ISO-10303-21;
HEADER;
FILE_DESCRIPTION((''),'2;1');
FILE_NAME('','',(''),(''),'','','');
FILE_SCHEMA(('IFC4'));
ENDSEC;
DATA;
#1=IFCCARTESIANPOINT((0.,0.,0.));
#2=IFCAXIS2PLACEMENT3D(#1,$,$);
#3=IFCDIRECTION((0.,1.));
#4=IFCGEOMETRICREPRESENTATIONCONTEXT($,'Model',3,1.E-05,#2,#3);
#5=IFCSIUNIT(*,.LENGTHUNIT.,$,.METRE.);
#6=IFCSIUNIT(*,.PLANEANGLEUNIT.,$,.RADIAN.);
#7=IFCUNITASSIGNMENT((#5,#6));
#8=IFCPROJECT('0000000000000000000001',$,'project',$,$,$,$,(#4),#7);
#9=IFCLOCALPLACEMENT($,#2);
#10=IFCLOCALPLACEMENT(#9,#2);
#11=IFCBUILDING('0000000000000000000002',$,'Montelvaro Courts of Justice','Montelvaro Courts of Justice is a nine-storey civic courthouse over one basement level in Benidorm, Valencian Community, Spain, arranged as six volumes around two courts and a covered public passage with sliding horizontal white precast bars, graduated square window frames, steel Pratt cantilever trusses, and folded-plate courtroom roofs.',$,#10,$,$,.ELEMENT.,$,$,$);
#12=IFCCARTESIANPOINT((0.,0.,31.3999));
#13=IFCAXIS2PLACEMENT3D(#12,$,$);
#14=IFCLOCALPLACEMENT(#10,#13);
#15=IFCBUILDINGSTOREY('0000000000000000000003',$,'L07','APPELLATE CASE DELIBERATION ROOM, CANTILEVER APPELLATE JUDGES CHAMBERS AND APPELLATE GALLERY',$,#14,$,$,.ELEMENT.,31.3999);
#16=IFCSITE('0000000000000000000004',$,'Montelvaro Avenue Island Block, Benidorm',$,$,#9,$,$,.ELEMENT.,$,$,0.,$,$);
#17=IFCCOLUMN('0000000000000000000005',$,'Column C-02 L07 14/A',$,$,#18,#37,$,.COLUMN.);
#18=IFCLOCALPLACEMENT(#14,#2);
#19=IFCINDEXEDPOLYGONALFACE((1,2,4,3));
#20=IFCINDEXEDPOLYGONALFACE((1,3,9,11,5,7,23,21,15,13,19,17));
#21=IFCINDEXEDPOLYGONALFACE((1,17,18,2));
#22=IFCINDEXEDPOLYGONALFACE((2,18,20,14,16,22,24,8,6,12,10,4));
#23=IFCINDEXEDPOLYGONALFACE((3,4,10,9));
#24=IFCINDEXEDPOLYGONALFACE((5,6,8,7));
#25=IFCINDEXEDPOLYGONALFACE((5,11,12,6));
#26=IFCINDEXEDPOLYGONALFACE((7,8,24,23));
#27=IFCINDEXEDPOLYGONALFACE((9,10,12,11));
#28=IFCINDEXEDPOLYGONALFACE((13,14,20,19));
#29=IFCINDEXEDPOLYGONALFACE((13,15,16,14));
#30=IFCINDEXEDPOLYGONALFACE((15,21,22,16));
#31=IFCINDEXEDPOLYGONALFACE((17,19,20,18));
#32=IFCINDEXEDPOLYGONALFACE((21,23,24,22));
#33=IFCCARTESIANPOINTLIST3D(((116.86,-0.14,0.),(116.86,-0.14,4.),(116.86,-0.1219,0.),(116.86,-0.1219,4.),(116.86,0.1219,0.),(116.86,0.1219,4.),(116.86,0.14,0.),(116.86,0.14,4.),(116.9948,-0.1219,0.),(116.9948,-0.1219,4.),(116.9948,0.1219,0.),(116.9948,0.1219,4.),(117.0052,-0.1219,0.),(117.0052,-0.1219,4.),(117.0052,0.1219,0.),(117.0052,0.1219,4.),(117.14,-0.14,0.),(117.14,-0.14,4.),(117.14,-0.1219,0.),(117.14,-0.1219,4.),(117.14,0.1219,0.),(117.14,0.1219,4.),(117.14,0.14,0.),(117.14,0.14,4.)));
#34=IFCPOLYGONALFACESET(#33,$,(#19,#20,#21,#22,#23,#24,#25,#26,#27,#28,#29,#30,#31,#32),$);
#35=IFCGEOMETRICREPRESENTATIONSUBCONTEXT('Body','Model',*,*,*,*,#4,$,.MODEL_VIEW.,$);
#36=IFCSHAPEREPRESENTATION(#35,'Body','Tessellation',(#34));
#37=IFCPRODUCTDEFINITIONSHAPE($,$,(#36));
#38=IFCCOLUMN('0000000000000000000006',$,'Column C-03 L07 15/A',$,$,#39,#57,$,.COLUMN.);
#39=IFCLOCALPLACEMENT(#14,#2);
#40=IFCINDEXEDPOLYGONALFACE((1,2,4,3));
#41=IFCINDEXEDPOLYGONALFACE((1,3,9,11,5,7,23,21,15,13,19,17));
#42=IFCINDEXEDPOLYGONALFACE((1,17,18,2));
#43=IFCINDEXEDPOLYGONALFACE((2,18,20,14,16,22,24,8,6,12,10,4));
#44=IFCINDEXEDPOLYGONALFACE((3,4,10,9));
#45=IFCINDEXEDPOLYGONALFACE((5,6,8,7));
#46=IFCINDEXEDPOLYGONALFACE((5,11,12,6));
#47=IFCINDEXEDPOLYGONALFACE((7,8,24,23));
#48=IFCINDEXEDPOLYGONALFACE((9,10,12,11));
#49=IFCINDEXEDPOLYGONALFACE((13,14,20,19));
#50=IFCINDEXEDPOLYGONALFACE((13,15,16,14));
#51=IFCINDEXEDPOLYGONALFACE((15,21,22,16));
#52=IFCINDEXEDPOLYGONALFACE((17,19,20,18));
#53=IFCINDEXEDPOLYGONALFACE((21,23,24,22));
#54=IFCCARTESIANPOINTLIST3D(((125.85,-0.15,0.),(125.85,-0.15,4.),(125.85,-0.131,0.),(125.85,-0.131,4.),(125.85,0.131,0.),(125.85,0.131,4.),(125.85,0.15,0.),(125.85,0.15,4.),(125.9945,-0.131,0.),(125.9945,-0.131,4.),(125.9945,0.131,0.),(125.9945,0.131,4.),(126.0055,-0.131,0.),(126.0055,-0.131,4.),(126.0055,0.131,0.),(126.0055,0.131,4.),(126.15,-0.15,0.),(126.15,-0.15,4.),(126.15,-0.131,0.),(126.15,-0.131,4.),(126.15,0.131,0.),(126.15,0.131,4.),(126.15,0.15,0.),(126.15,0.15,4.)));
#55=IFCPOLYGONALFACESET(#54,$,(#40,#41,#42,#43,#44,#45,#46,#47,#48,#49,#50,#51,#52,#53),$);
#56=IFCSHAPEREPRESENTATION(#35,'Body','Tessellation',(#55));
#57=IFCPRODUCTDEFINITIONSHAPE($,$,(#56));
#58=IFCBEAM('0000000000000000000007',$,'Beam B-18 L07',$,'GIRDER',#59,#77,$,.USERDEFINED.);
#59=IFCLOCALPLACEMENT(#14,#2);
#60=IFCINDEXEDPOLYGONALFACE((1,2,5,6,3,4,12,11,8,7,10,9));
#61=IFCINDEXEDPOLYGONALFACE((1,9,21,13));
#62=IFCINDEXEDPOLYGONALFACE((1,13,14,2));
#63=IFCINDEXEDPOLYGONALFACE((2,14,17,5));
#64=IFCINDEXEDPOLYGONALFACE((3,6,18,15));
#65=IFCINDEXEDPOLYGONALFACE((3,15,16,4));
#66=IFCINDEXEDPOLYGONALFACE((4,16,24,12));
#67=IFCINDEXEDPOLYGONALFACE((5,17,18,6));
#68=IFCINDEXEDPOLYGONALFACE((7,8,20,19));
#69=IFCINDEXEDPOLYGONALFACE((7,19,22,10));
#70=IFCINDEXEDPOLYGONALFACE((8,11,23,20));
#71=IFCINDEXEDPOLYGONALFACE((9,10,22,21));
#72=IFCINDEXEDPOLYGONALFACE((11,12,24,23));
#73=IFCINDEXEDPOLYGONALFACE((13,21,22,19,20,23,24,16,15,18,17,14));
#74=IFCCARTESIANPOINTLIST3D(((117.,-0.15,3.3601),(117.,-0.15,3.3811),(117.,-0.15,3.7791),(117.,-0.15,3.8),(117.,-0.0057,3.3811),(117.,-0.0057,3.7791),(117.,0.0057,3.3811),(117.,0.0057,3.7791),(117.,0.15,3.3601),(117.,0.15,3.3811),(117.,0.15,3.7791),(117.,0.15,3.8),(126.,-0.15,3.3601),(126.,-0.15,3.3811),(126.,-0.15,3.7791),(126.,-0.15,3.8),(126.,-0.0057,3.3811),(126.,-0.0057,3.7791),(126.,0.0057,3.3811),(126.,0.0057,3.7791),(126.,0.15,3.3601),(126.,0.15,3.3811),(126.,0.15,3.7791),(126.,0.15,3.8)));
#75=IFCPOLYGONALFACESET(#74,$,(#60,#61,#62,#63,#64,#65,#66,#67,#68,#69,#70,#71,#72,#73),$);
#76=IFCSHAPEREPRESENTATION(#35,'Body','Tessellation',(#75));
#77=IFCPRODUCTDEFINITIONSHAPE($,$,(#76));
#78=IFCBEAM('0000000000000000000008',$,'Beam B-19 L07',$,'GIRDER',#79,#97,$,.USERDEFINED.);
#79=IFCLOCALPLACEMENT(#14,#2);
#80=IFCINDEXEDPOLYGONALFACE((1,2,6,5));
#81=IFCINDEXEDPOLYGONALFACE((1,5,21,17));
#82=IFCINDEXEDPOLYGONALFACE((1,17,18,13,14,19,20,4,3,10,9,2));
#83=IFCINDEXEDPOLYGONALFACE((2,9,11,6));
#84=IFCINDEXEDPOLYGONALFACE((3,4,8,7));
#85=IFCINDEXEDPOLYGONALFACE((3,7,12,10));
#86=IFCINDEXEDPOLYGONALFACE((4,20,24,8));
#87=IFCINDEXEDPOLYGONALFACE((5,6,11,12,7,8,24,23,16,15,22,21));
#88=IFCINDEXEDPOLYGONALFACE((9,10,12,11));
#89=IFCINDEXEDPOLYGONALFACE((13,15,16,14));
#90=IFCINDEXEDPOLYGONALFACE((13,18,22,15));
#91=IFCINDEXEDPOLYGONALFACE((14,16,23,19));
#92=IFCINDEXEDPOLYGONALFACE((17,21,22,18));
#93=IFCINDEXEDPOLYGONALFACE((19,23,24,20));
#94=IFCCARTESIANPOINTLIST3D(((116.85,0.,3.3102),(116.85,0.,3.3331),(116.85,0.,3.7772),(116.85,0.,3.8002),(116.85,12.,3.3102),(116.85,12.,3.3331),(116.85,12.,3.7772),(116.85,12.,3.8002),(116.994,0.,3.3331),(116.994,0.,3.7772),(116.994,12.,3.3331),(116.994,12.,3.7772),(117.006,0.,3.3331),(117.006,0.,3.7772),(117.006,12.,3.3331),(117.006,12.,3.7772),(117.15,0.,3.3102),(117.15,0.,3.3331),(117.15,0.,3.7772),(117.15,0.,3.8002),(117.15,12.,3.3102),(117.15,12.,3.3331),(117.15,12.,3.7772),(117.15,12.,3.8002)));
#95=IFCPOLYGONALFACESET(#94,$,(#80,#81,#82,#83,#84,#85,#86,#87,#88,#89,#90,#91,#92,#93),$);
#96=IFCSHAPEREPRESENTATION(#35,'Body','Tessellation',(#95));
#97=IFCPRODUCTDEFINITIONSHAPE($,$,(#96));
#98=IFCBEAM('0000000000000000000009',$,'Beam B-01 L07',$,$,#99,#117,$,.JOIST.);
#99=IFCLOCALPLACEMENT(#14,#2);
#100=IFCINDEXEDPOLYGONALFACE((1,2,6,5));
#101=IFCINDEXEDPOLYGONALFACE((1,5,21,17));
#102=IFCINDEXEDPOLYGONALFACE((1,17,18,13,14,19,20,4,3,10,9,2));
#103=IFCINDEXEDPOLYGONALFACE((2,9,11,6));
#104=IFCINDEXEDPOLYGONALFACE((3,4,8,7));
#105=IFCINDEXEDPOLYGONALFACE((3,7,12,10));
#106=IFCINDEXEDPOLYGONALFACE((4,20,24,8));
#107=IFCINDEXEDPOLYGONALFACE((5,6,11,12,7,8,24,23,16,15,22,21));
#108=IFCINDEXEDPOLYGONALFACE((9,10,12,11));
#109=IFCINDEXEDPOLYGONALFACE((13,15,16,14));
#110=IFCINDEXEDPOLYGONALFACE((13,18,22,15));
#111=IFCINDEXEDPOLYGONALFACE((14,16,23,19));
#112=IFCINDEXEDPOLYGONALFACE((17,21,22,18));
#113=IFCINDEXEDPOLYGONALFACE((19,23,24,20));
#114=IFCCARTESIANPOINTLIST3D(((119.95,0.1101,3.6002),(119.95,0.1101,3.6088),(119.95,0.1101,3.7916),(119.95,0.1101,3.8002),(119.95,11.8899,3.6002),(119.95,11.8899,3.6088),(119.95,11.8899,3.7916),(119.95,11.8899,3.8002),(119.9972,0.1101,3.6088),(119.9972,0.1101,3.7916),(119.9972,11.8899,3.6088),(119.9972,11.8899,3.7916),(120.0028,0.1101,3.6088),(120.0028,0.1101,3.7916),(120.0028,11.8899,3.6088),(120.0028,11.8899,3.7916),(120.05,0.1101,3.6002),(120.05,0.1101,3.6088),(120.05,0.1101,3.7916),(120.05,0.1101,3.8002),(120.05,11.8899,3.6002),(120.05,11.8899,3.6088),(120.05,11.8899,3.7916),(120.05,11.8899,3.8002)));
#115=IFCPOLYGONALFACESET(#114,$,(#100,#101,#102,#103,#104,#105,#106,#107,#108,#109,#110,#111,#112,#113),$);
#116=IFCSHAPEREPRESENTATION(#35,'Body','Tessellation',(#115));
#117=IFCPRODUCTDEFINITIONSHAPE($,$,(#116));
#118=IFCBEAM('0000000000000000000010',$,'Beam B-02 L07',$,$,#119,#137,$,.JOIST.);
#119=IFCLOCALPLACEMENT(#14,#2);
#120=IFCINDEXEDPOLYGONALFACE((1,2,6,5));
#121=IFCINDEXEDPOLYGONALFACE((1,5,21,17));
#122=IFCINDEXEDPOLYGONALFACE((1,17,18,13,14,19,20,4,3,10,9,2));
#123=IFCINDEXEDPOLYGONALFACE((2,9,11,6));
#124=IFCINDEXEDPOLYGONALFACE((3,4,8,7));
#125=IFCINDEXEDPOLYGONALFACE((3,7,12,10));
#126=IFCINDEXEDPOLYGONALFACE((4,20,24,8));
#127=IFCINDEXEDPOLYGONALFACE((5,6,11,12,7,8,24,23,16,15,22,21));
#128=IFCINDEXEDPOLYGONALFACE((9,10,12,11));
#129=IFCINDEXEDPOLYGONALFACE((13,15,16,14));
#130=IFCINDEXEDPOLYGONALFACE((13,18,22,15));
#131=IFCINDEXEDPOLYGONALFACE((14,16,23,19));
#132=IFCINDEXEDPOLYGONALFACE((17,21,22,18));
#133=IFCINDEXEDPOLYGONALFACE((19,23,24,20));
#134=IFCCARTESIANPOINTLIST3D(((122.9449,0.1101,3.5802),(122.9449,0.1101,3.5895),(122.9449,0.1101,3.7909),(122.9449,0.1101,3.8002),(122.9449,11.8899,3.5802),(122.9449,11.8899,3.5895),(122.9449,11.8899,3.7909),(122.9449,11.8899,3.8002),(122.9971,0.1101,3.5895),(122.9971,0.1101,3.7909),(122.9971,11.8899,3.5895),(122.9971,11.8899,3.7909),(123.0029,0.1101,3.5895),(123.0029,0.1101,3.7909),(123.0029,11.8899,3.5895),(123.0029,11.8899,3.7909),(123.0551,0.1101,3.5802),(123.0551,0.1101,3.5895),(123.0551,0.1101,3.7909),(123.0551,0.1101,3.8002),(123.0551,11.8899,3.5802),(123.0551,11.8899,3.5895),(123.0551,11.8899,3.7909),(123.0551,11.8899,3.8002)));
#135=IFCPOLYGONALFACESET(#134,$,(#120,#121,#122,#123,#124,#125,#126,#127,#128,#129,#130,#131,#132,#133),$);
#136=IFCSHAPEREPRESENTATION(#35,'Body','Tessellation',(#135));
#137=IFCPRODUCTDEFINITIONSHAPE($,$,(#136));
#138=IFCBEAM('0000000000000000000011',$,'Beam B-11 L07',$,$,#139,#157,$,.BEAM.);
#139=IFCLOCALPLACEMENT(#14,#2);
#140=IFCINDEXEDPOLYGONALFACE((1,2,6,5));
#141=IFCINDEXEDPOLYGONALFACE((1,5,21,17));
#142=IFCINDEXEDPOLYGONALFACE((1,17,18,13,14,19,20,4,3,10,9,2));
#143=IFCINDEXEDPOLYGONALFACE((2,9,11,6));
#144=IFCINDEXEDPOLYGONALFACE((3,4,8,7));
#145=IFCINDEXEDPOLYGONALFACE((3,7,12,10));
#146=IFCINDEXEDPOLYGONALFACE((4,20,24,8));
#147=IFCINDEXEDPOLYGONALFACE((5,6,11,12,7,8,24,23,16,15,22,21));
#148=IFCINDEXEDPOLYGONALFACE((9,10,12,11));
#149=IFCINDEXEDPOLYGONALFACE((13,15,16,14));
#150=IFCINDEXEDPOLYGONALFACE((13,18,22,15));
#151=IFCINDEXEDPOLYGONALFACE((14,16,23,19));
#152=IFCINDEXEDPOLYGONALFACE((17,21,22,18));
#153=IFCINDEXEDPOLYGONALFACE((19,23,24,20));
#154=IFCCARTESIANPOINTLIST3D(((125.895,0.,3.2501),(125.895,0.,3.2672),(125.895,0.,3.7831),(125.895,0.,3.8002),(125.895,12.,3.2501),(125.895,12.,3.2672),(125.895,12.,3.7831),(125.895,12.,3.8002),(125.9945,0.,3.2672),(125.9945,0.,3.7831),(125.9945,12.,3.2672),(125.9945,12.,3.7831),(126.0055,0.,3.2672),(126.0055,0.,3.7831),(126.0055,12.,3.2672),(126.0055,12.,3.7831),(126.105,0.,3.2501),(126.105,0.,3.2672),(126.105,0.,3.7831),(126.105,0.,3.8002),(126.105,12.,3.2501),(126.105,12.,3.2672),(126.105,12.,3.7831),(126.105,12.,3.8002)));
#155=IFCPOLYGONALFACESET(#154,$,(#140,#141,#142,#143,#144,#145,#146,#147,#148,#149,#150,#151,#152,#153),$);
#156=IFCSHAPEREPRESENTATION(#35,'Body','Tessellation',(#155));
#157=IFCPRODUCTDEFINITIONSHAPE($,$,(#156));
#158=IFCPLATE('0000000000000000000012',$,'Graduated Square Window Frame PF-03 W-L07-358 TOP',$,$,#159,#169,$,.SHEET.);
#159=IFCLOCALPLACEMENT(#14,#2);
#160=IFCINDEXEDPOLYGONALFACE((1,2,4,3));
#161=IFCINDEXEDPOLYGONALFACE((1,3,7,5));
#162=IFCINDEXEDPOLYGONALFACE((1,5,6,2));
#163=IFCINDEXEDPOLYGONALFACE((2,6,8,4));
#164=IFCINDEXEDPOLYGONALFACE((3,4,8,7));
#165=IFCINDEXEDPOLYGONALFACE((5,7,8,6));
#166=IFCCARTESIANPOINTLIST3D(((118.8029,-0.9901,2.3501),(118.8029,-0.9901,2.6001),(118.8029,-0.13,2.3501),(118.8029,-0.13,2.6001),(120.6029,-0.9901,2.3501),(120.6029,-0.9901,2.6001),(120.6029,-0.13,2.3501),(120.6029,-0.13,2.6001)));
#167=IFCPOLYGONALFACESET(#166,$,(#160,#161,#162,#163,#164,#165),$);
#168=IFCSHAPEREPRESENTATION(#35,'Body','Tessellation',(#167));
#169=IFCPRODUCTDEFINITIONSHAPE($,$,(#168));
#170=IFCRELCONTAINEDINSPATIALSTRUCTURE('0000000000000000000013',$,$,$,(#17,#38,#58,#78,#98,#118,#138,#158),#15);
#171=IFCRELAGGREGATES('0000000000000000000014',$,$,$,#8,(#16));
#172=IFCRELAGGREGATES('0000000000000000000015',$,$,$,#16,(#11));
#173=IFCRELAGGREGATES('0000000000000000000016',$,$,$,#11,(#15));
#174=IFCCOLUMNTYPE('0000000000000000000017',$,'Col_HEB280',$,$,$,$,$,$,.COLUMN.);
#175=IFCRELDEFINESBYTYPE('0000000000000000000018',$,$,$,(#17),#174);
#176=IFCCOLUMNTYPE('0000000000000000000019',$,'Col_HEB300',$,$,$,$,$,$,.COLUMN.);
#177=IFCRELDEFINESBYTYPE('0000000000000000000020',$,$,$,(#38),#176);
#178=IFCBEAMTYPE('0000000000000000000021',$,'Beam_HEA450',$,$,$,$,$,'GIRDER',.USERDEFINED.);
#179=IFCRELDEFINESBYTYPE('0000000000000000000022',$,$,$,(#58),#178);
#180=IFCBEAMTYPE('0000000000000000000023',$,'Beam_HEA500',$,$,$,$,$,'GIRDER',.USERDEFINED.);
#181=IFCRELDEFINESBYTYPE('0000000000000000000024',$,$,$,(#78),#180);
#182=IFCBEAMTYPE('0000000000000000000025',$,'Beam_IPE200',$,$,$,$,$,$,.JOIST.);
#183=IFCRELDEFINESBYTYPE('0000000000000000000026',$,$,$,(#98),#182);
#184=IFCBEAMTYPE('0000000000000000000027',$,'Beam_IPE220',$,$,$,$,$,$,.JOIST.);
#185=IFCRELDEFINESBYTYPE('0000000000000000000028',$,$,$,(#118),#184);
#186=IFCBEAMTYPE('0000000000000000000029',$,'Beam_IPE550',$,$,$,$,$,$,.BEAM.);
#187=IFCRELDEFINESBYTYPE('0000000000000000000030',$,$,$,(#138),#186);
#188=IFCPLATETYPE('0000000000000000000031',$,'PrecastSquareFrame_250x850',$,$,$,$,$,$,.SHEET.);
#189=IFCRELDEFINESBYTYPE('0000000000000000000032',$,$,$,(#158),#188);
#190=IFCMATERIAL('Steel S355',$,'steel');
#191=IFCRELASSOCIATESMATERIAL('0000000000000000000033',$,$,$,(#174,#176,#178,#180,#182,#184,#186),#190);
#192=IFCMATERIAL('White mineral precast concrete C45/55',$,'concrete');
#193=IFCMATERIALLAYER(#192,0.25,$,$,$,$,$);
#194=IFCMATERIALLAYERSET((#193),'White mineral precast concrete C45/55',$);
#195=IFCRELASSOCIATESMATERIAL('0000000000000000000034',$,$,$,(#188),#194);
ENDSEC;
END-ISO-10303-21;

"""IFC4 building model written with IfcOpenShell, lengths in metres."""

from ifc_helpers import new_model, si_unit, direction, frame, origin, origin_2d, place, context, subcontext, project, spatial, rectangle, i_section, extrude, material, layer, layer_set, material_profile, profile_set, type_object, element, save


model = new_model("IFC4")

# Units and contexts
model_context = context("Model", 3, precision=1e-05, world=origin(), true_north=direction((0.0, 1.0)))
body_context = subcontext(model_context, "Body", "Model", "MODEL_VIEW")
ifc_project = project(units=[si_unit("LENGTHUNIT", "METRE"), si_unit("PLANEANGLEUNIT", "RADIAN")], contexts=[model_context])

# Site, building, storey
site_placement = place(None, origin())
site = spatial("IfcSite", under=ifc_project, at=site_placement, Name="Montelvaro Avenue Island Block, Benidorm", CompositionType="ELEMENT", RefElevation=0.0)
building_placement = place(site_placement, origin())
building = spatial("IfcBuilding", under=site, at=building_placement, Name="Montelvaro Courts of Justice", Description="Montelvaro Courts of Justice is a nine-storey civic courthouse over one basement level in Benidorm, Valencian Community, Spain, arranged as six volumes around two courts and a covered public passage with sliding horizontal white precast bars, graduated square window frames, steel Pratt cantilever trusses, and folded-plate courtroom roofs.", CompositionType="ELEMENT")
storey_placement = place(building_placement, frame((0.0, 0.0, 31.3999)))
storey = spatial("IfcBuildingStorey", under=building, at=storey_placement, Name="L07", Description="APPELLATE CASE DELIBERATION ROOM, CANTILEVER APPELLATE JUDGES CHAMBERS AND APPELLATE GALLERY", CompositionType="ELEMENT", Elevation=31.3999)

# Columns
ifc_material_1 = material(Name="Steel S355", Category="steel")
ifc_material_profile_1 = material_profile(ifc_material_1, i_section(OverallWidth=0.28, OverallDepth=0.28, WebThickness=0.0105, FlangeThickness=0.0181, at=origin_2d()), Name="HEB 280")
ifc_profile_set_1 = profile_set([ifc_material_profile_1], Name="Steel S355")
column_type_1 = type_object("IfcColumnType", Name="Col_HEB280", PredefinedType="COLUMN", material=ifc_profile_set_1)
column_1_placement = place(storey_placement, frame((117.0, 0.0, 0.0), z_axis=(0.0, 0.0, 1.0), x_axis=(1.0, 0.0, 0.0)))
element("IfcColumn", 1, at=column_1_placement, inside=storey, type_object=column_type_1, Name="Column C-02 L07 14/A", PredefinedType="COLUMN", context=body_context, shape_type="SweptSolid", body=[
    extrude(i_section(OverallWidth=0.28, OverallDepth=0.28, WebThickness=0.0105, FlangeThickness=0.0181, at=origin_2d()), origin(), (0.0, 0.0, 1.0), 4.0),
])
ifc_material_profile_2 = material_profile(ifc_material_1, i_section(OverallWidth=0.3, OverallDepth=0.3, WebThickness=0.011, FlangeThickness=0.019, at=origin_2d()), Name="HEB 300")
ifc_profile_set_2 = profile_set([ifc_material_profile_2], Name="Steel S355")
column_type_2 = type_object("IfcColumnType", Name="Col_HEB300", PredefinedType="COLUMN", material=ifc_profile_set_2)
column_2_placement = place(storey_placement, frame((126.0, 0.0, 0.0), z_axis=(0.0, 0.0, 1.0), x_axis=(1.0, 0.0, 0.0)))
element("IfcColumn", 2, at=column_2_placement, inside=storey, type_object=column_type_2, Name="Column C-03 L07 15/A", PredefinedType="COLUMN", context=body_context, shape_type="SweptSolid", body=[
    extrude(i_section(OverallWidth=0.3, OverallDepth=0.3, WebThickness=0.011, FlangeThickness=0.019, at=origin_2d()), origin(), (0.0, 0.0, 1.0), 4.0),
])

# Beams
ifc_material_profile_3 = material_profile(ifc_material_1, i_section(OverallWidth=0.3, OverallDepth=0.4399, WebThickness=0.0115, FlangeThickness=0.021, at=origin_2d()), Name="HEA 450")
ifc_profile_set_3 = profile_set([ifc_material_profile_3], Name="Steel S355")
beam_type_1 = type_object("IfcBeamType", Name="Beam_HEA450", ElementType="GIRDER", PredefinedType="USERDEFINED", material=ifc_profile_set_3)
beam_1_placement = place(storey_placement, frame((117.0, 0.0, 3.5801), z_axis=(1.0, 0.0, 0.0), x_axis=(0.0, 1.0, 0.0)))
element("IfcBeam", 3, at=beam_1_placement, inside=storey, type_object=beam_type_1, Name="Beam B-18 L07", ObjectType="GIRDER", PredefinedType="USERDEFINED", context=body_context, shape_type="SweptSolid", body=[
    extrude(i_section(OverallWidth=0.3, OverallDepth=0.4399, WebThickness=0.0115, FlangeThickness=0.021, at=origin_2d()), origin(), (0.0, 0.0, 1.0), 9.0),
])
ifc_material_profile_4 = material_profile(ifc_material_1, i_section(OverallWidth=0.3, OverallDepth=0.49, WebThickness=0.012, FlangeThickness=0.0229, at=origin_2d()), Name="HEA 500")
ifc_profile_set_4 = profile_set([ifc_material_profile_4], Name="Steel S355")
beam_type_2 = type_object("IfcBeamType", Name="Beam_HEA500", ElementType="GIRDER", PredefinedType="USERDEFINED", material=ifc_profile_set_4)
beam_2_placement = place(storey_placement, frame((117.0, 0.0, 3.5552), z_axis=(0.0, 1.0, 0.0), x_axis=(-1.0, 0.0, 0.0)))
element("IfcBeam", 4, at=beam_2_placement, inside=storey, type_object=beam_type_2, Name="Beam B-19 L07", ObjectType="GIRDER", PredefinedType="USERDEFINED", context=body_context, shape_type="SweptSolid", body=[
    extrude(i_section(OverallWidth=0.3, OverallDepth=0.49, WebThickness=0.012, FlangeThickness=0.0229, at=origin_2d()), origin(), (0.0, 0.0, 1.0), 12.0),
])
ifc_material_profile_5 = material_profile(ifc_material_1, i_section(OverallWidth=0.1001, OverallDepth=0.2, WebThickness=0.0056, FlangeThickness=0.0085, at=origin_2d()), Name="IPE 200")
ifc_profile_set_5 = profile_set([ifc_material_profile_5], Name="Steel S355")
beam_type_3 = type_object("IfcBeamType", Name="Beam_IPE200", PredefinedType="JOIST", material=ifc_profile_set_5)
beam_3_placement = place(storey_placement, frame((120.0, 0.1101, 3.7002), z_axis=(0.0, 1.0, 0.0), x_axis=(-1.0, 0.0, 0.0)))
element("IfcBeam", 5, at=beam_3_placement, inside=storey, type_object=beam_type_3, Name="Beam B-01 L07", PredefinedType="JOIST", context=body_context, shape_type="SweptSolid", body=[
    extrude(i_section(OverallWidth=0.1001, OverallDepth=0.2, WebThickness=0.0056, FlangeThickness=0.0085, at=origin_2d()), origin(), (0.0, 0.0, 1.0), 11.7798),
])
ifc_material_profile_6 = material_profile(ifc_material_1, i_section(OverallWidth=0.1101, OverallDepth=0.22, WebThickness=0.0059, FlangeThickness=0.0093, at=origin_2d()), Name="IPE 220")
ifc_profile_set_6 = profile_set([ifc_material_profile_6], Name="Steel S355")
beam_type_4 = type_object("IfcBeamType", Name="Beam_IPE220", PredefinedType="JOIST", material=ifc_profile_set_6)
beam_4_placement = place(storey_placement, frame((123.0, 0.1101, 3.6902), z_axis=(0.0, 1.0, 0.0), x_axis=(-1.0, 0.0, 0.0)))
element("IfcBeam", 6, at=beam_4_placement, inside=storey, type_object=beam_type_4, Name="Beam B-02 L07", PredefinedType="JOIST", context=body_context, shape_type="SweptSolid", body=[
    extrude(i_section(OverallWidth=0.1101, OverallDepth=0.22, WebThickness=0.0059, FlangeThickness=0.0093, at=origin_2d()), origin(), (0.0, 0.0, 1.0), 11.7798),
])
ifc_material_profile_7 = material_profile(ifc_material_1, i_section(OverallWidth=0.21, OverallDepth=0.55, WebThickness=0.011, FlangeThickness=0.0171, at=origin_2d()), Name="IPE 550")
ifc_profile_set_7 = profile_set([ifc_material_profile_7], Name="Steel S355")
beam_type_5 = type_object("IfcBeamType", Name="Beam_IPE550", PredefinedType="BEAM", material=ifc_profile_set_7)
beam_5_placement = place(storey_placement, frame((126.0, 0.0, 3.5251), z_axis=(0.0, 1.0, 0.0), x_axis=(-1.0, 0.0, 0.0)))
element("IfcBeam", 7, at=beam_5_placement, inside=storey, type_object=beam_type_5, Name="Beam B-11 L07", PredefinedType="BEAM", context=body_context, shape_type="SweptSolid", body=[
    extrude(i_section(OverallWidth=0.21, OverallDepth=0.55, WebThickness=0.011, FlangeThickness=0.0171, at=origin_2d()), origin(), (0.0, 0.0, 1.0), 12.0),
])

# Plate
ifc_material_2 = material(Name="White mineral precast concrete C45/55", Category="concrete")
ifc_layer_1 = layer(ifc_material_2, 0.25)
ifc_layer_set_1 = layer_set([ifc_layer_1], Name="White mineral precast concrete C45/55")
plate_type = type_object("IfcPlateType", Name="PrecastSquareFrame_250x850", PredefinedType="SHEET", material=ifc_layer_set_1)
for number, where, z_axis, x_axis, name in (
    (8, (119.7029, -0.5601, 2.3501), (0.0, 0.0, 1.0), (1.0, 0.0, 0.0), "Graduated Square Window Frame PF-03 W-L07-358 TOP"),
):
    element("IfcPlate", number, at=place(storey_placement, frame(where, z_axis=z_axis, x_axis=x_axis)), inside=storey, type_object=plate_type, Name=name, PredefinedType="SHEET", context=body_context, shape_type="SweptSolid", body=[
        extrude(rectangle(XDim=1.8, YDim=0.8601, at=origin_2d()), origin(), (0.0, 0.0, 1.0), 0.25),
    ])

save(model, "model.ifc")
